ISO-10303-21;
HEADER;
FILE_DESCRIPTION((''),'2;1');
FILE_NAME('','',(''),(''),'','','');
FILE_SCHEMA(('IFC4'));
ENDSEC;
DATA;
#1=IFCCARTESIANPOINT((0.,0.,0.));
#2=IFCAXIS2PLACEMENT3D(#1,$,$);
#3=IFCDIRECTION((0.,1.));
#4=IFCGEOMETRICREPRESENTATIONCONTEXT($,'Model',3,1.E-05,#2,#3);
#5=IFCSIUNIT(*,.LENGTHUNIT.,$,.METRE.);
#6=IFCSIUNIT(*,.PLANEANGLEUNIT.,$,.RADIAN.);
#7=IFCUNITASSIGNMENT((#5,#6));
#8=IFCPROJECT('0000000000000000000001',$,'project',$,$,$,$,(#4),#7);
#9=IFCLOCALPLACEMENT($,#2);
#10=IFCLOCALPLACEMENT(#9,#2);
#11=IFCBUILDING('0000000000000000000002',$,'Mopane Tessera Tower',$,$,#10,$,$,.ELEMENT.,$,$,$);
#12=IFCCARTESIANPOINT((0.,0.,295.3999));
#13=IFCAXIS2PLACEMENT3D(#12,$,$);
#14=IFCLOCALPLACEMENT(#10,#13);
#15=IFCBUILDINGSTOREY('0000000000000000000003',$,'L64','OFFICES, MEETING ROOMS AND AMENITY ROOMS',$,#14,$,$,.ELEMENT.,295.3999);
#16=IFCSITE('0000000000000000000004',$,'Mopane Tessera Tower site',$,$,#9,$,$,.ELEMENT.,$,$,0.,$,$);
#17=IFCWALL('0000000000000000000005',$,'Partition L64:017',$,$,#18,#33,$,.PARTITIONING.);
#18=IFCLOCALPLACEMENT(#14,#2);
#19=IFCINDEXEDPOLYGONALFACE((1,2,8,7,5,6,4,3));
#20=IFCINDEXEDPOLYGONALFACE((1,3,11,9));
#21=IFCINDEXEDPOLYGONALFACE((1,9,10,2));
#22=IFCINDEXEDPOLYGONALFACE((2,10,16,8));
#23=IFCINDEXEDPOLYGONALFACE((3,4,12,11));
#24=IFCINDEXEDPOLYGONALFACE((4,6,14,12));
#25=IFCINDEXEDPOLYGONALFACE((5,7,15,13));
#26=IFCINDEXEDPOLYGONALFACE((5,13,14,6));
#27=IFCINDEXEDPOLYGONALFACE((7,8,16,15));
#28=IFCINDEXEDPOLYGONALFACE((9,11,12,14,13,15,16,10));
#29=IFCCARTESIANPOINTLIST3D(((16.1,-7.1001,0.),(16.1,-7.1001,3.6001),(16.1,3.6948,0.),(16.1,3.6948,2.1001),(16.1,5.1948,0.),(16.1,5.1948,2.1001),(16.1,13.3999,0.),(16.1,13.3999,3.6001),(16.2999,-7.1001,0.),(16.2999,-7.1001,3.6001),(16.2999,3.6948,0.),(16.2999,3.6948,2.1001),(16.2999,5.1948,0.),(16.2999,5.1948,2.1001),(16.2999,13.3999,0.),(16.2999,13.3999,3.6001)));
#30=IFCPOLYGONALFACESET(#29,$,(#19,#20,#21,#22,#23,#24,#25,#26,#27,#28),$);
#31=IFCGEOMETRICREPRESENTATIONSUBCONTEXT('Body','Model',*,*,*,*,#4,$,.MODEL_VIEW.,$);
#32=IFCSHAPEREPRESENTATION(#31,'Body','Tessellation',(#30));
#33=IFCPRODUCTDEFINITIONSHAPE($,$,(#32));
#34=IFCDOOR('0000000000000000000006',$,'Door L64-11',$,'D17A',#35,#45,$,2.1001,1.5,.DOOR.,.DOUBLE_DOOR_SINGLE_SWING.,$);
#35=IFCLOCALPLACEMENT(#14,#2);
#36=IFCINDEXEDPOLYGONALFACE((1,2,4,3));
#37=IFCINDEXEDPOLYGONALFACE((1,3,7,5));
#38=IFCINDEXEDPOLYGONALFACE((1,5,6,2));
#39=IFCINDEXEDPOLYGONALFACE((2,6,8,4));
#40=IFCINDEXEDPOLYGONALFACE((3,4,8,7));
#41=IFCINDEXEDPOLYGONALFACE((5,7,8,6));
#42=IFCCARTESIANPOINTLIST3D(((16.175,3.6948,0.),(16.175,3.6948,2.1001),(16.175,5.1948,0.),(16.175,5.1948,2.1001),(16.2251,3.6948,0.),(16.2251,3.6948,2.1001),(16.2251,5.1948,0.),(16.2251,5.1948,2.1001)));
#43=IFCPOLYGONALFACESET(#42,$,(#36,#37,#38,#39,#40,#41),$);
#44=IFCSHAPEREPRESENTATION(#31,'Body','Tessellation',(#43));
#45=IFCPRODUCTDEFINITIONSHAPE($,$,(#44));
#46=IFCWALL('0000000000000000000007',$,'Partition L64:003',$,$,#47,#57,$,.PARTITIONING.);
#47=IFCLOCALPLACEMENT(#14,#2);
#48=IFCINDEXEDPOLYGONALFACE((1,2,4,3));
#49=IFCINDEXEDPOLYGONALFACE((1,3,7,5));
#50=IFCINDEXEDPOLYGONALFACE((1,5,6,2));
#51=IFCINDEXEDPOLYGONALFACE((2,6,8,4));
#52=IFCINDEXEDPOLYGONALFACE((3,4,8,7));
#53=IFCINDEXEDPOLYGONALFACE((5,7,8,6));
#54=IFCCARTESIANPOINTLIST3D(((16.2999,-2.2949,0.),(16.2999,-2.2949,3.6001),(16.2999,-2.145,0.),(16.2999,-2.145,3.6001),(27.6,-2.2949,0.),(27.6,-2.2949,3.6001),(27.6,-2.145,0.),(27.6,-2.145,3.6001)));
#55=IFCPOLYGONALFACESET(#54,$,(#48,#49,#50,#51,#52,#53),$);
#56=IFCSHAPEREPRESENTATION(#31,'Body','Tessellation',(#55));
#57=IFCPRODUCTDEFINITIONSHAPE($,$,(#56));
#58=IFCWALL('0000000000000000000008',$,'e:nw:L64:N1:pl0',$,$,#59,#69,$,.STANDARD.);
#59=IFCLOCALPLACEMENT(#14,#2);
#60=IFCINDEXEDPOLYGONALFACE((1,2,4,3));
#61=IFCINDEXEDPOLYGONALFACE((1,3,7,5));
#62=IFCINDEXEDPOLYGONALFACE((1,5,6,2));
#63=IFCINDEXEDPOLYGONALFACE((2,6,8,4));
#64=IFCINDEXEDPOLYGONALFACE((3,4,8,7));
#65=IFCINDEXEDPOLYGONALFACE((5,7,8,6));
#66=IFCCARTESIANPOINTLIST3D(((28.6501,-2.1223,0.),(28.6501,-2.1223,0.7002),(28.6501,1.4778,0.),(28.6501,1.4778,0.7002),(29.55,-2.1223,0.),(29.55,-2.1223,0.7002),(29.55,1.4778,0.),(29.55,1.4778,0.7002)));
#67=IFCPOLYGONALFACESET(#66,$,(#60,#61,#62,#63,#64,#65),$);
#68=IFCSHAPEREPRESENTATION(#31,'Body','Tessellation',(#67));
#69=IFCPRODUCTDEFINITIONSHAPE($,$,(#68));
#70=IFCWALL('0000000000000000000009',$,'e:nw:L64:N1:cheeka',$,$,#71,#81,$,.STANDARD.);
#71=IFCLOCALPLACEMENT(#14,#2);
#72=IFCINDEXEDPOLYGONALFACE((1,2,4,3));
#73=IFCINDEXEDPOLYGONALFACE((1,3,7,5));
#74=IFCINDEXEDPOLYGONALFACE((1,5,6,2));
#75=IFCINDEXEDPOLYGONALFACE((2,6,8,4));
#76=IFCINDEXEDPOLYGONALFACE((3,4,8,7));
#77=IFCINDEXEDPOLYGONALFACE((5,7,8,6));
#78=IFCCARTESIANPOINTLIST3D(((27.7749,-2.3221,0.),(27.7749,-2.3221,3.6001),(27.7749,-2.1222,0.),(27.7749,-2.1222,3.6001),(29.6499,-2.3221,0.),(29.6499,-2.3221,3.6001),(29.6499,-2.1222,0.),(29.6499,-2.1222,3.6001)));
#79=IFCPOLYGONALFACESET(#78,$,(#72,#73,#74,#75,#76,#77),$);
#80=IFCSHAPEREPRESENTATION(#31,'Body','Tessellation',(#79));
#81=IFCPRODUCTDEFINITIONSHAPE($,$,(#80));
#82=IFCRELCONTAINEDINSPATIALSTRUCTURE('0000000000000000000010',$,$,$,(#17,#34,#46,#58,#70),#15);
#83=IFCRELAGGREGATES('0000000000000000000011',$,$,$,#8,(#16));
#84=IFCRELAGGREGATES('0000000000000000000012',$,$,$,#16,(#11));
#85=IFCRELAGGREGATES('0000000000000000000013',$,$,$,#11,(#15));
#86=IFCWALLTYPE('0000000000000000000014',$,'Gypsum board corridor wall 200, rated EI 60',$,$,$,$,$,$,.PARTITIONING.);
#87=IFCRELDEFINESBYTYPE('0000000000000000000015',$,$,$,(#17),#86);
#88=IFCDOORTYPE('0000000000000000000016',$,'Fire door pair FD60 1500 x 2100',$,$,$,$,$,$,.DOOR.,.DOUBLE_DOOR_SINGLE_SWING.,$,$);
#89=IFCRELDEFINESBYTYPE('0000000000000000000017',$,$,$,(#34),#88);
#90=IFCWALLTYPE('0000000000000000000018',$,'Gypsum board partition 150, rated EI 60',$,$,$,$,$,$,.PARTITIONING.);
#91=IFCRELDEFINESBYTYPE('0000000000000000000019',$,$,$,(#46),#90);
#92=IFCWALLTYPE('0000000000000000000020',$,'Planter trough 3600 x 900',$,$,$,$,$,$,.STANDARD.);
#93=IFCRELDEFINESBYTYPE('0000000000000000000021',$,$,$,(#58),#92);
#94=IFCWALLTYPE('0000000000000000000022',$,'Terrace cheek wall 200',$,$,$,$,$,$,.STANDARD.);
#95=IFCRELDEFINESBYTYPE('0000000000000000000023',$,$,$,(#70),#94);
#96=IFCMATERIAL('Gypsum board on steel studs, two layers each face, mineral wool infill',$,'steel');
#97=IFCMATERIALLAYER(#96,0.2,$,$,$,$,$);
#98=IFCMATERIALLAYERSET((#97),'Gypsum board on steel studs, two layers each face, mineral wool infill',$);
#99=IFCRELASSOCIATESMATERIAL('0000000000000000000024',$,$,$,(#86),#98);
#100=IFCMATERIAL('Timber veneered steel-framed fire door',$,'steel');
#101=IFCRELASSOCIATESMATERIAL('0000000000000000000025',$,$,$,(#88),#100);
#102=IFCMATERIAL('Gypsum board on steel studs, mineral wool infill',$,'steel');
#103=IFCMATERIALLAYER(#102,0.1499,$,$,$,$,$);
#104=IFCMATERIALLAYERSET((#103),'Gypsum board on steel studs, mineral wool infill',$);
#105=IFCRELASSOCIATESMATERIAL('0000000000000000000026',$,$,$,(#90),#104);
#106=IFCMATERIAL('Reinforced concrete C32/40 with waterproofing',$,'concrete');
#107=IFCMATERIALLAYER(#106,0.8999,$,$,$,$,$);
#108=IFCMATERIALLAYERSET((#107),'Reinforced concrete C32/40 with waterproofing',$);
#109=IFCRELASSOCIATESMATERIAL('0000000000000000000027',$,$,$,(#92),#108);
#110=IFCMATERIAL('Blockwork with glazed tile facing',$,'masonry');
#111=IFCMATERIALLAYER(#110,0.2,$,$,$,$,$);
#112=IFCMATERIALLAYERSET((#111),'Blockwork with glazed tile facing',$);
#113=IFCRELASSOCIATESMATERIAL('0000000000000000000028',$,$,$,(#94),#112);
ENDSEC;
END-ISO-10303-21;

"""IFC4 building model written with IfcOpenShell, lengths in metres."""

from ifc_helpers import new_model, si_unit, direction, frame, frame_2d, origin, place, context, subcontext, project, spatial, rectangle, extrude, material, layer, layer_set, type_object, element, fill, save


model = new_model("IFC4")

# Units and contexts
model_context = context("Model", 3, precision=1e-05, world=origin(), true_north=direction((0.0, 1.0)))
body_context = subcontext(model_context, "Body", "Model", "MODEL_VIEW")
ifc_project = project(units=[si_unit("LENGTHUNIT", "METRE"), si_unit("PLANEANGLEUNIT", "RADIAN")], contexts=[model_context])

# Site, building, storey
site_placement = place(None, origin())
site = spatial("IfcSite", under=ifc_project, at=site_placement, Name="Mopane Tessera Tower site", CompositionType="ELEMENT", RefElevation=0.0)
building_placement = place(site_placement, origin())
building = spatial("IfcBuilding", under=site, at=building_placement, Name="Mopane Tessera Tower", CompositionType="ELEMENT")
storey_placement = place(building_placement, frame((0.0, 0.0, 295.3999)))
storey = spatial("IfcBuildingStorey", under=building, at=storey_placement, Name="L64", Description="OFFICES, MEETING ROOMS AND AMENITY ROOMS", CompositionType="ELEMENT", Elevation=295.3999)

# Wall, opening, door
ifc_material_1 = material(Name="Gypsum board on steel studs, two layers each face, mineral wool infill", Category="steel")
ifc_layer_1 = layer(ifc_material_1, 0.2)
ifc_layer_set_1 = layer_set([ifc_layer_1], Name="Gypsum board on steel studs, two layers each face, mineral wool infill")
wall_type_1 = type_object("IfcWallType", Name="Gypsum board corridor wall 200, rated EI 60", PredefinedType="PARTITIONING", material=ifc_layer_set_1)
wall_1_placement = place(storey_placement, frame((16.2, -7.1001, 0.0), z_axis=(0.0, 0.0, 1.0), x_axis=(0.0, 1.0, 0.0)))
wall_1 = element("IfcWall", 1, at=wall_1_placement, inside=storey, type_object=wall_type_1, Name="Partition L64:017", PredefinedType="PARTITIONING", context=body_context, shape_type="SweptSolid", body=[
    extrude(rectangle(XDim=20.5, YDim=0.2, at=frame_2d((10.25, 0.0))), origin(), (0.0, 0.0, 1.0), 3.6001),
])
opening_1_placement = place(wall_1_placement, frame((10.7949, 0.0, 0.0)))
opening_1 = element("IfcOpeningElement", 2, at=opening_1_placement, cuts=wall_1, PredefinedType="OPENING", context=body_context, shape_type="SweptSolid", body=[
    extrude(rectangle(XDim=1.5, YDim=2.1001, at=frame_2d((0.75, 1.05))), frame((0.0, 0.1121, 0.0), z_axis=(0.0, -1.0, 0.0), x_axis=(1.0, 0.0, 0.0)), (0.0, 0.0, 1.0), 0.2239),
])
ifc_material_2 = material(Name="Timber veneered steel-framed fire door", Category="steel")
door_type_1 = type_object("IfcDoorType", Name="Fire door pair FD60 1500 x 2100", OperationType="DOUBLE_DOOR_SINGLE_SWING", PredefinedType="DOOR", material=ifc_material_2)
door_1_placement = place(opening_1_placement, origin())
door_1 = element("IfcDoor", 3, at=door_1_placement, inside=storey, type_object=door_type_1, Name="Door L64-11", ObjectType="D17A", OperationType="DOUBLE_DOOR_SINGLE_SWING", OverallHeight=2.1001, OverallWidth=1.5, PredefinedType="DOOR", context=body_context, shape_type="SweptSolid", body=[
    extrude(rectangle(XDim=1.5, YDim=2.1001, at=frame_2d((0.75, 1.05))), frame((0.0, 0.0249, 0.0), z_axis=(0.0, -1.0, 0.0), x_axis=(1.0, 0.0, 0.0)), (0.0, 0.0, 1.0), 0.05),
])
fill(opening_1, door_1)

# Walls
ifc_material_3 = material(Name="Gypsum board on steel studs, mineral wool infill", Category="steel")
ifc_layer_2 = layer(ifc_material_3, 0.1499)
ifc_layer_set_2 = layer_set([ifc_layer_2], Name="Gypsum board on steel studs, mineral wool infill")
wall_type_2 = type_object("IfcWallType", Name="Gypsum board partition 150, rated EI 60", PredefinedType="PARTITIONING", material=ifc_layer_set_2)
wall_2_placement = place(storey_placement, frame((16.3, -2.22, 0.0), z_axis=(0.0, 0.0, 1.0), x_axis=(1.0, 0.0, 0.0)))
element("IfcWall", 4, at=wall_2_placement, inside=storey, type_object=wall_type_2, Name="Partition L64:003", PredefinedType="PARTITIONING", context=body_context, shape_type="SweptSolid", body=[
    extrude(rectangle(XDim=11.3, YDim=0.1499, at=frame_2d((5.6499, 0.0))), origin(), (0.0, 0.0, 1.0), 3.6001),
])
ifc_material_4 = material(Name="Reinforced concrete C32/40 with waterproofing", Category="concrete")
ifc_layer_3 = layer(ifc_material_4, 0.8999)
ifc_layer_set_3 = layer_set([ifc_layer_3], Name="Reinforced concrete C32/40 with waterproofing")
wall_type_3 = type_object("IfcWallType", Name="Planter trough 3600 x 900", PredefinedType="STANDARD", material=ifc_layer_set_3)
wall_3_placement = place(storey_placement, frame((29.1001, -2.1223, 0.0), z_axis=(0.0, 0.0, 1.0), x_axis=(0.0, 1.0, 0.0)))
element("IfcWall", 5, at=wall_3_placement, inside=storey, type_object=wall_type_3, Name="e:nw:L64:N1:pl0", PredefinedType="STANDARD", context=body_context, shape_type="SweptSolid", body=[
    extrude(rectangle(XDim=3.6001, YDim=0.8999, at=frame_2d((1.8, 0.0))), origin(), (0.0, 0.0, 1.0), 0.7002),
])
ifc_material_5 = material(Name="Blockwork with glazed tile facing", Category="masonry")
ifc_layer_4 = layer(ifc_material_5, 0.2)
ifc_layer_set_4 = layer_set([ifc_layer_4], Name="Blockwork with glazed tile facing")
wall_type_4 = type_object("IfcWallType", Name="Terrace cheek wall 200", PredefinedType="STANDARD", material=ifc_layer_set_4)
wall_4_placement = place(storey_placement, frame((29.6499, -2.2222, 0.0), z_axis=(0.0, 0.0, 1.0), x_axis=(-1.0, 0.0, 0.0)))
element("IfcWall", 6, at=wall_4_placement, inside=storey, type_object=wall_type_4, Name="e:nw:L64:N1:cheeka", PredefinedType="STANDARD", context=body_context, shape_type="SweptSolid", body=[
    extrude(rectangle(XDim=1.875, YDim=0.2, at=frame_2d((0.9375, 0.0))), origin(), (0.0, 0.0, 1.0), 3.6001),
])

save(model, "model.ifc")
